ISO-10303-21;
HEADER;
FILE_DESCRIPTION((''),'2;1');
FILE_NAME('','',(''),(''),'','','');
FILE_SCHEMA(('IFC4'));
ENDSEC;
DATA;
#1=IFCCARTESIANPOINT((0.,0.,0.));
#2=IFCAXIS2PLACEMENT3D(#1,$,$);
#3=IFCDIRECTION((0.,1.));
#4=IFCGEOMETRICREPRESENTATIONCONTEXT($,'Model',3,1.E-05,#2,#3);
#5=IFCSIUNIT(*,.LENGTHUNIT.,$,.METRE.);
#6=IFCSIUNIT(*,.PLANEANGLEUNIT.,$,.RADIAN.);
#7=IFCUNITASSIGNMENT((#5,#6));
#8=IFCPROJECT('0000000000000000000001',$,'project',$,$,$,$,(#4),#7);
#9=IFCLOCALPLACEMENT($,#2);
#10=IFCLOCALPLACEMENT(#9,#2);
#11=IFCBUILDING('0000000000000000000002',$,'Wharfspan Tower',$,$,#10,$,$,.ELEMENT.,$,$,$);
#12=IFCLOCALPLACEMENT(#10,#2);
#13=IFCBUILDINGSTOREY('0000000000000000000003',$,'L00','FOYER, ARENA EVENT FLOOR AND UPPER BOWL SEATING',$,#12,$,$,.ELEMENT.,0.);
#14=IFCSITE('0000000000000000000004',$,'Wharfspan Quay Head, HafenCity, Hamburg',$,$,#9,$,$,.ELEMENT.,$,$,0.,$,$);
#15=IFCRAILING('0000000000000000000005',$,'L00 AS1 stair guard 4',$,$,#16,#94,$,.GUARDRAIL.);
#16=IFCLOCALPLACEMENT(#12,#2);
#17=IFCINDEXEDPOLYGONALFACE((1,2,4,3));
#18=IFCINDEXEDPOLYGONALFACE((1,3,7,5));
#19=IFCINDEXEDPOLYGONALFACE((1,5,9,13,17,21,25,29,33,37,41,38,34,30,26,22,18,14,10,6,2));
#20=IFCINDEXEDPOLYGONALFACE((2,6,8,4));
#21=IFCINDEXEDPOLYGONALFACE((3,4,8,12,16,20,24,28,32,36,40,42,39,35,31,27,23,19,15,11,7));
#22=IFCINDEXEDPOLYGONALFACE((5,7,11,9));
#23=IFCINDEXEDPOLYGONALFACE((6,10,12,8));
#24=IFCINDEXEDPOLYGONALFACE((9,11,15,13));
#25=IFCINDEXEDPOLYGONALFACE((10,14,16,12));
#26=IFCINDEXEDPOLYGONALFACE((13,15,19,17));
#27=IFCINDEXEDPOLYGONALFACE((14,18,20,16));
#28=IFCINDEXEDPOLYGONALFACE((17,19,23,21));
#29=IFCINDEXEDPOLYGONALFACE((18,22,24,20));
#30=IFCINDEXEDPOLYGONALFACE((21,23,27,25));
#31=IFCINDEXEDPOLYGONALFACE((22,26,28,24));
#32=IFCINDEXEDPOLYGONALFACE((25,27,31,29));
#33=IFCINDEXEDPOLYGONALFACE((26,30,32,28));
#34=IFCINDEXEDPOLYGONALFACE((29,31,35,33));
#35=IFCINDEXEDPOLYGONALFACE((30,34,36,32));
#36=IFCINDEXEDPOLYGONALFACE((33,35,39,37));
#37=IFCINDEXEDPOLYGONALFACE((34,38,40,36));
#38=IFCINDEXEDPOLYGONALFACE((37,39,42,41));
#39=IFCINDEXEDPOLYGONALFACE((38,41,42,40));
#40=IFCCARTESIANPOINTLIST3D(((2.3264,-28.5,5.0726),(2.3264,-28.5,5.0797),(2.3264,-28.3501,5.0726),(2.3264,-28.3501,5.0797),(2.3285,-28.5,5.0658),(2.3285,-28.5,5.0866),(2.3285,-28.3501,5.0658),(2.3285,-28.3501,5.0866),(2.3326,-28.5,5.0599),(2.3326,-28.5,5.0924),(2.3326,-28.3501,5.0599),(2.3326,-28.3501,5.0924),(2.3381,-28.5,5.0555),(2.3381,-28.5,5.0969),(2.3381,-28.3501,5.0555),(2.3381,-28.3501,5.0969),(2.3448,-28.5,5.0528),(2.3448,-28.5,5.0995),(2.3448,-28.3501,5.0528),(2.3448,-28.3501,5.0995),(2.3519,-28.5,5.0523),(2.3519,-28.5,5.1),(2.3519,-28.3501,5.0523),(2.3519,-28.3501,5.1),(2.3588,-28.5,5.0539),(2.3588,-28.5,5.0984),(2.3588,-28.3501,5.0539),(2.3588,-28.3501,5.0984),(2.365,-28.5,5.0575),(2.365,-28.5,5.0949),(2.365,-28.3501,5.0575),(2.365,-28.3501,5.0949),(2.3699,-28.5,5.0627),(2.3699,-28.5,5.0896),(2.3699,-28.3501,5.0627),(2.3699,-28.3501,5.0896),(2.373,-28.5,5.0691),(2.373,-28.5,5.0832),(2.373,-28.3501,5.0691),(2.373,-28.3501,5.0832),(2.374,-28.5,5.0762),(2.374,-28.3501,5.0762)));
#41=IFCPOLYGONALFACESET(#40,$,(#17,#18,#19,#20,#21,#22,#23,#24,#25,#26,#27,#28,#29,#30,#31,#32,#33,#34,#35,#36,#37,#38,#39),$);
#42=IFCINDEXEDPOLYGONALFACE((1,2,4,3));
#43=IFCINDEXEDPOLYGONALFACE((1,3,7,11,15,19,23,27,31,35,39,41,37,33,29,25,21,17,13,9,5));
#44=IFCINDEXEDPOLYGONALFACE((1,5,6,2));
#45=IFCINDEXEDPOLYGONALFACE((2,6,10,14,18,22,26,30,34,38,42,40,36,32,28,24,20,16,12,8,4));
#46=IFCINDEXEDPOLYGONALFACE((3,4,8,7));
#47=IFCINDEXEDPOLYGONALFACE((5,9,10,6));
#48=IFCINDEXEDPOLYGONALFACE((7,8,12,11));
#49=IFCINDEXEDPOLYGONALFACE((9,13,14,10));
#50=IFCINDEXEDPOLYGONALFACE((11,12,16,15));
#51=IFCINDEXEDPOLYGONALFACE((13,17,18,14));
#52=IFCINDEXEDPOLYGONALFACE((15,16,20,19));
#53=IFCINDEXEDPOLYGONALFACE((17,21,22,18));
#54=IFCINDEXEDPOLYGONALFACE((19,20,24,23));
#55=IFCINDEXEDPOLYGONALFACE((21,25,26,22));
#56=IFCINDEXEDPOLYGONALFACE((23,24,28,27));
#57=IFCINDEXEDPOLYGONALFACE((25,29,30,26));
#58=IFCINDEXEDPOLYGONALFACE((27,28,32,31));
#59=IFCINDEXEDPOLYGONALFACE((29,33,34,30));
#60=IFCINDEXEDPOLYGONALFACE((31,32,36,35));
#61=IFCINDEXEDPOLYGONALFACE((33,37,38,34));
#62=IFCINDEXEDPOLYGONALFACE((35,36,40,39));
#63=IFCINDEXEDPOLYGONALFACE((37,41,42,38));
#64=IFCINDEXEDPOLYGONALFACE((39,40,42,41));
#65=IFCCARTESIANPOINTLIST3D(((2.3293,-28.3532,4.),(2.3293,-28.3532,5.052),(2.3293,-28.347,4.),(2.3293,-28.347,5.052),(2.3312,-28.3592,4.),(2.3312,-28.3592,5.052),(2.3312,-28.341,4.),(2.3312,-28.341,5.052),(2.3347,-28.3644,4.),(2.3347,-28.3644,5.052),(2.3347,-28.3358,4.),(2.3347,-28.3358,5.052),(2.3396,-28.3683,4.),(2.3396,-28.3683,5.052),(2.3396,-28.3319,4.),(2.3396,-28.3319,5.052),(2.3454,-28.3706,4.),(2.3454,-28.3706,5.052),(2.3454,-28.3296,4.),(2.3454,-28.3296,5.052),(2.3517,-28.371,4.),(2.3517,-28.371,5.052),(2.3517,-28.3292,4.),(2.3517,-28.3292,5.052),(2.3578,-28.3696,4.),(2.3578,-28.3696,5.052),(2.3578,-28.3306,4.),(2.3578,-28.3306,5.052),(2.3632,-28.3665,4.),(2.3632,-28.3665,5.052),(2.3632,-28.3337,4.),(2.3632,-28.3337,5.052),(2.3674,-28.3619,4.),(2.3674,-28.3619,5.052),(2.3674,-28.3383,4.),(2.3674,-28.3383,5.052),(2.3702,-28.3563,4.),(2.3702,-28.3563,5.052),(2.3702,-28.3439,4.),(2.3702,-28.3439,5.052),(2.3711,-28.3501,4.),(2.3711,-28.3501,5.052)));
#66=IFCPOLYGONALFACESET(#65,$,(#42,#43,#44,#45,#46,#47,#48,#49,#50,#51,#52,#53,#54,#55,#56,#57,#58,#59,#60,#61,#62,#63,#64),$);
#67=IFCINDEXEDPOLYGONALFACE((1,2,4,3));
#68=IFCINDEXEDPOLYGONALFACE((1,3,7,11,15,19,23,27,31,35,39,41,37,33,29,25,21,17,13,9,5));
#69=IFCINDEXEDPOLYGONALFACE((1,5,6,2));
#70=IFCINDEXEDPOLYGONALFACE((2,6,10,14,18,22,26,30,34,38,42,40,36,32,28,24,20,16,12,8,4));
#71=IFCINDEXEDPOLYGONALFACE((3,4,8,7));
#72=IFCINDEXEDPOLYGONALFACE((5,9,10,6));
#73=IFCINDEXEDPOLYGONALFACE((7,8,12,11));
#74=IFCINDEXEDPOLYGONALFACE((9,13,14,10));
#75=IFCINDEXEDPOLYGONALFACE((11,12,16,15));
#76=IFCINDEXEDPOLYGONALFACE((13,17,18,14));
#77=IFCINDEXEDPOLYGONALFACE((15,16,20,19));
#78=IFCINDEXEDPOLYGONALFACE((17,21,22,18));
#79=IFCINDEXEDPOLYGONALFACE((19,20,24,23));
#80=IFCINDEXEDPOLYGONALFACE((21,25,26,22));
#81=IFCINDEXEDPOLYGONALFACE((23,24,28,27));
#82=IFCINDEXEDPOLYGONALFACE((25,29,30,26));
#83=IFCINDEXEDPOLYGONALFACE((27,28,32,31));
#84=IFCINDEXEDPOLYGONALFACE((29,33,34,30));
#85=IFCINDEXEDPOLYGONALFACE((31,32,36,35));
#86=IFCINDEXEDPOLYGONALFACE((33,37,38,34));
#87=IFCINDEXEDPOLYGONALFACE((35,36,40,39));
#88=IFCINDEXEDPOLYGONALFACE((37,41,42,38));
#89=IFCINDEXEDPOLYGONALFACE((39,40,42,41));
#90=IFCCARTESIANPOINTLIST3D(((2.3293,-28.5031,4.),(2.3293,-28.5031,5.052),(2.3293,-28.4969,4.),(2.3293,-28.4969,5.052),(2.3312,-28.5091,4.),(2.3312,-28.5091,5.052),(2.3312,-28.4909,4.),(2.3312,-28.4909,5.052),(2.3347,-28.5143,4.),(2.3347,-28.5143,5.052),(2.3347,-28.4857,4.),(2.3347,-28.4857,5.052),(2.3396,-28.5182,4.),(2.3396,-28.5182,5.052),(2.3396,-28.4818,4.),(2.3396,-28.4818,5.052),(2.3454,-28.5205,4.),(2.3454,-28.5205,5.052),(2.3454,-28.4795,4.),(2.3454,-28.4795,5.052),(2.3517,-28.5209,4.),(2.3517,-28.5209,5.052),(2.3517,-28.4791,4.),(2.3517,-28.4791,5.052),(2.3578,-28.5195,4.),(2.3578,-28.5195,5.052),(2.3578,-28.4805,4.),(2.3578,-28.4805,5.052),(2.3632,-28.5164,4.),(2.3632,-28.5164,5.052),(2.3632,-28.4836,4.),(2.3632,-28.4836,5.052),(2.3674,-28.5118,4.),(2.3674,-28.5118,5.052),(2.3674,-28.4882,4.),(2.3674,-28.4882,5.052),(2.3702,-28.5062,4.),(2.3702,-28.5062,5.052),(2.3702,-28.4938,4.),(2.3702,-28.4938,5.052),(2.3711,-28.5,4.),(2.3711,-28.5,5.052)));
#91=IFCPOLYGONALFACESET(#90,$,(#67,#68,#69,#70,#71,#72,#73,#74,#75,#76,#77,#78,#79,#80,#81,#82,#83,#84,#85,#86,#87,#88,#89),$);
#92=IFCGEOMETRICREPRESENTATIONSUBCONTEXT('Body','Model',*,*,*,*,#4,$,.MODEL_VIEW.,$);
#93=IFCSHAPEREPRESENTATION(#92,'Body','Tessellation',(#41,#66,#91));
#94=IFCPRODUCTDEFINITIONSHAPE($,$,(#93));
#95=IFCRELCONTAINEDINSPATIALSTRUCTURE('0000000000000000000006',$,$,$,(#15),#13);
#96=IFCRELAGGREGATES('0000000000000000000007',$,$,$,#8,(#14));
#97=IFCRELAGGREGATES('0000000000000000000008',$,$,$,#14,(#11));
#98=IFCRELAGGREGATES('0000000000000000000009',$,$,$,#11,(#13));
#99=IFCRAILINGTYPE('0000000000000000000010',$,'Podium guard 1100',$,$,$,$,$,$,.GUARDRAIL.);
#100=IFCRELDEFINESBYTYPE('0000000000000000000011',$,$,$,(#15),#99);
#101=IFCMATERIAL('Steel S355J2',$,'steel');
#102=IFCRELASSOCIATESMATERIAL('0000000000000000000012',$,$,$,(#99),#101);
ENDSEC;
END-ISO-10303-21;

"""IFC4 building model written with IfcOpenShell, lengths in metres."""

from ifc_helpers import new_model, si_unit, direction, frame, origin, origin_2d, place, context, subcontext, project, spatial, circle, extrude, material, type_object, element, save


model = new_model("IFC4")

# Units and contexts
model_context = context("Model", 3, precision=1e-05, world=origin(), true_north=direction((0.0, 1.0)))
body_context = subcontext(model_context, "Body", "Model", "MODEL_VIEW")
ifc_project = project(units=[si_unit("LENGTHUNIT", "METRE"), si_unit("PLANEANGLEUNIT", "RADIAN")], contexts=[model_context])

# Site, building, storey
site_placement = place(None, origin())
site = spatial("IfcSite", under=ifc_project, at=site_placement, Name="Wharfspan Quay Head, HafenCity, Hamburg", CompositionType="ELEMENT", RefElevation=0.0)
building_placement = place(site_placement, origin())
building = spatial("IfcBuilding", under=site, at=building_placement, Name="Wharfspan Tower", CompositionType="ELEMENT")
storey_placement = place(building_placement, origin())
storey = spatial("IfcBuildingStorey", under=building, at=storey_placement, Name="L00", Description="FOYER, ARENA EVENT FLOOR AND UPPER BOWL SEATING", CompositionType="ELEMENT", Elevation=0.0)

# Shared definitions
ifc_material_1 = material(Name="Steel S355J2", Category="steel")

# Railing
railing_type_1 = type_object("IfcRailingType", Name="Podium guard 1100", PredefinedType="GUARDRAIL", material=ifc_material_1)
railing_1_placement = place(storey_placement, frame((2.3501, -28.3501, 4.0)))
element("IfcRailing", 1, at=railing_1_placement, inside=storey, type_object=railing_type_1, Name="L00 AS1 stair guard 4", PredefinedType="GUARDRAIL", context=body_context, shape_type="SweptSolid", body=[
    extrude(circle(Radius=0.0239, at=origin_2d()), frame((0.0, 0.0, 1.0762), z_axis=(0.0, -1.0, 0.0), x_axis=(1.0, 0.0, 0.0)), (0.0, 0.0, 1.0), 0.1499),
    extrude(circle(Radius=0.021, at=origin_2d()), origin(), (0.0, 0.0, 1.0), 1.052),
    extrude(circle(Radius=0.021, at=origin_2d()), frame((0.0, -0.1499, 0.0)), (0.0, 0.0, 1.0), 1.052),
])

save(model, "model.ifc")
